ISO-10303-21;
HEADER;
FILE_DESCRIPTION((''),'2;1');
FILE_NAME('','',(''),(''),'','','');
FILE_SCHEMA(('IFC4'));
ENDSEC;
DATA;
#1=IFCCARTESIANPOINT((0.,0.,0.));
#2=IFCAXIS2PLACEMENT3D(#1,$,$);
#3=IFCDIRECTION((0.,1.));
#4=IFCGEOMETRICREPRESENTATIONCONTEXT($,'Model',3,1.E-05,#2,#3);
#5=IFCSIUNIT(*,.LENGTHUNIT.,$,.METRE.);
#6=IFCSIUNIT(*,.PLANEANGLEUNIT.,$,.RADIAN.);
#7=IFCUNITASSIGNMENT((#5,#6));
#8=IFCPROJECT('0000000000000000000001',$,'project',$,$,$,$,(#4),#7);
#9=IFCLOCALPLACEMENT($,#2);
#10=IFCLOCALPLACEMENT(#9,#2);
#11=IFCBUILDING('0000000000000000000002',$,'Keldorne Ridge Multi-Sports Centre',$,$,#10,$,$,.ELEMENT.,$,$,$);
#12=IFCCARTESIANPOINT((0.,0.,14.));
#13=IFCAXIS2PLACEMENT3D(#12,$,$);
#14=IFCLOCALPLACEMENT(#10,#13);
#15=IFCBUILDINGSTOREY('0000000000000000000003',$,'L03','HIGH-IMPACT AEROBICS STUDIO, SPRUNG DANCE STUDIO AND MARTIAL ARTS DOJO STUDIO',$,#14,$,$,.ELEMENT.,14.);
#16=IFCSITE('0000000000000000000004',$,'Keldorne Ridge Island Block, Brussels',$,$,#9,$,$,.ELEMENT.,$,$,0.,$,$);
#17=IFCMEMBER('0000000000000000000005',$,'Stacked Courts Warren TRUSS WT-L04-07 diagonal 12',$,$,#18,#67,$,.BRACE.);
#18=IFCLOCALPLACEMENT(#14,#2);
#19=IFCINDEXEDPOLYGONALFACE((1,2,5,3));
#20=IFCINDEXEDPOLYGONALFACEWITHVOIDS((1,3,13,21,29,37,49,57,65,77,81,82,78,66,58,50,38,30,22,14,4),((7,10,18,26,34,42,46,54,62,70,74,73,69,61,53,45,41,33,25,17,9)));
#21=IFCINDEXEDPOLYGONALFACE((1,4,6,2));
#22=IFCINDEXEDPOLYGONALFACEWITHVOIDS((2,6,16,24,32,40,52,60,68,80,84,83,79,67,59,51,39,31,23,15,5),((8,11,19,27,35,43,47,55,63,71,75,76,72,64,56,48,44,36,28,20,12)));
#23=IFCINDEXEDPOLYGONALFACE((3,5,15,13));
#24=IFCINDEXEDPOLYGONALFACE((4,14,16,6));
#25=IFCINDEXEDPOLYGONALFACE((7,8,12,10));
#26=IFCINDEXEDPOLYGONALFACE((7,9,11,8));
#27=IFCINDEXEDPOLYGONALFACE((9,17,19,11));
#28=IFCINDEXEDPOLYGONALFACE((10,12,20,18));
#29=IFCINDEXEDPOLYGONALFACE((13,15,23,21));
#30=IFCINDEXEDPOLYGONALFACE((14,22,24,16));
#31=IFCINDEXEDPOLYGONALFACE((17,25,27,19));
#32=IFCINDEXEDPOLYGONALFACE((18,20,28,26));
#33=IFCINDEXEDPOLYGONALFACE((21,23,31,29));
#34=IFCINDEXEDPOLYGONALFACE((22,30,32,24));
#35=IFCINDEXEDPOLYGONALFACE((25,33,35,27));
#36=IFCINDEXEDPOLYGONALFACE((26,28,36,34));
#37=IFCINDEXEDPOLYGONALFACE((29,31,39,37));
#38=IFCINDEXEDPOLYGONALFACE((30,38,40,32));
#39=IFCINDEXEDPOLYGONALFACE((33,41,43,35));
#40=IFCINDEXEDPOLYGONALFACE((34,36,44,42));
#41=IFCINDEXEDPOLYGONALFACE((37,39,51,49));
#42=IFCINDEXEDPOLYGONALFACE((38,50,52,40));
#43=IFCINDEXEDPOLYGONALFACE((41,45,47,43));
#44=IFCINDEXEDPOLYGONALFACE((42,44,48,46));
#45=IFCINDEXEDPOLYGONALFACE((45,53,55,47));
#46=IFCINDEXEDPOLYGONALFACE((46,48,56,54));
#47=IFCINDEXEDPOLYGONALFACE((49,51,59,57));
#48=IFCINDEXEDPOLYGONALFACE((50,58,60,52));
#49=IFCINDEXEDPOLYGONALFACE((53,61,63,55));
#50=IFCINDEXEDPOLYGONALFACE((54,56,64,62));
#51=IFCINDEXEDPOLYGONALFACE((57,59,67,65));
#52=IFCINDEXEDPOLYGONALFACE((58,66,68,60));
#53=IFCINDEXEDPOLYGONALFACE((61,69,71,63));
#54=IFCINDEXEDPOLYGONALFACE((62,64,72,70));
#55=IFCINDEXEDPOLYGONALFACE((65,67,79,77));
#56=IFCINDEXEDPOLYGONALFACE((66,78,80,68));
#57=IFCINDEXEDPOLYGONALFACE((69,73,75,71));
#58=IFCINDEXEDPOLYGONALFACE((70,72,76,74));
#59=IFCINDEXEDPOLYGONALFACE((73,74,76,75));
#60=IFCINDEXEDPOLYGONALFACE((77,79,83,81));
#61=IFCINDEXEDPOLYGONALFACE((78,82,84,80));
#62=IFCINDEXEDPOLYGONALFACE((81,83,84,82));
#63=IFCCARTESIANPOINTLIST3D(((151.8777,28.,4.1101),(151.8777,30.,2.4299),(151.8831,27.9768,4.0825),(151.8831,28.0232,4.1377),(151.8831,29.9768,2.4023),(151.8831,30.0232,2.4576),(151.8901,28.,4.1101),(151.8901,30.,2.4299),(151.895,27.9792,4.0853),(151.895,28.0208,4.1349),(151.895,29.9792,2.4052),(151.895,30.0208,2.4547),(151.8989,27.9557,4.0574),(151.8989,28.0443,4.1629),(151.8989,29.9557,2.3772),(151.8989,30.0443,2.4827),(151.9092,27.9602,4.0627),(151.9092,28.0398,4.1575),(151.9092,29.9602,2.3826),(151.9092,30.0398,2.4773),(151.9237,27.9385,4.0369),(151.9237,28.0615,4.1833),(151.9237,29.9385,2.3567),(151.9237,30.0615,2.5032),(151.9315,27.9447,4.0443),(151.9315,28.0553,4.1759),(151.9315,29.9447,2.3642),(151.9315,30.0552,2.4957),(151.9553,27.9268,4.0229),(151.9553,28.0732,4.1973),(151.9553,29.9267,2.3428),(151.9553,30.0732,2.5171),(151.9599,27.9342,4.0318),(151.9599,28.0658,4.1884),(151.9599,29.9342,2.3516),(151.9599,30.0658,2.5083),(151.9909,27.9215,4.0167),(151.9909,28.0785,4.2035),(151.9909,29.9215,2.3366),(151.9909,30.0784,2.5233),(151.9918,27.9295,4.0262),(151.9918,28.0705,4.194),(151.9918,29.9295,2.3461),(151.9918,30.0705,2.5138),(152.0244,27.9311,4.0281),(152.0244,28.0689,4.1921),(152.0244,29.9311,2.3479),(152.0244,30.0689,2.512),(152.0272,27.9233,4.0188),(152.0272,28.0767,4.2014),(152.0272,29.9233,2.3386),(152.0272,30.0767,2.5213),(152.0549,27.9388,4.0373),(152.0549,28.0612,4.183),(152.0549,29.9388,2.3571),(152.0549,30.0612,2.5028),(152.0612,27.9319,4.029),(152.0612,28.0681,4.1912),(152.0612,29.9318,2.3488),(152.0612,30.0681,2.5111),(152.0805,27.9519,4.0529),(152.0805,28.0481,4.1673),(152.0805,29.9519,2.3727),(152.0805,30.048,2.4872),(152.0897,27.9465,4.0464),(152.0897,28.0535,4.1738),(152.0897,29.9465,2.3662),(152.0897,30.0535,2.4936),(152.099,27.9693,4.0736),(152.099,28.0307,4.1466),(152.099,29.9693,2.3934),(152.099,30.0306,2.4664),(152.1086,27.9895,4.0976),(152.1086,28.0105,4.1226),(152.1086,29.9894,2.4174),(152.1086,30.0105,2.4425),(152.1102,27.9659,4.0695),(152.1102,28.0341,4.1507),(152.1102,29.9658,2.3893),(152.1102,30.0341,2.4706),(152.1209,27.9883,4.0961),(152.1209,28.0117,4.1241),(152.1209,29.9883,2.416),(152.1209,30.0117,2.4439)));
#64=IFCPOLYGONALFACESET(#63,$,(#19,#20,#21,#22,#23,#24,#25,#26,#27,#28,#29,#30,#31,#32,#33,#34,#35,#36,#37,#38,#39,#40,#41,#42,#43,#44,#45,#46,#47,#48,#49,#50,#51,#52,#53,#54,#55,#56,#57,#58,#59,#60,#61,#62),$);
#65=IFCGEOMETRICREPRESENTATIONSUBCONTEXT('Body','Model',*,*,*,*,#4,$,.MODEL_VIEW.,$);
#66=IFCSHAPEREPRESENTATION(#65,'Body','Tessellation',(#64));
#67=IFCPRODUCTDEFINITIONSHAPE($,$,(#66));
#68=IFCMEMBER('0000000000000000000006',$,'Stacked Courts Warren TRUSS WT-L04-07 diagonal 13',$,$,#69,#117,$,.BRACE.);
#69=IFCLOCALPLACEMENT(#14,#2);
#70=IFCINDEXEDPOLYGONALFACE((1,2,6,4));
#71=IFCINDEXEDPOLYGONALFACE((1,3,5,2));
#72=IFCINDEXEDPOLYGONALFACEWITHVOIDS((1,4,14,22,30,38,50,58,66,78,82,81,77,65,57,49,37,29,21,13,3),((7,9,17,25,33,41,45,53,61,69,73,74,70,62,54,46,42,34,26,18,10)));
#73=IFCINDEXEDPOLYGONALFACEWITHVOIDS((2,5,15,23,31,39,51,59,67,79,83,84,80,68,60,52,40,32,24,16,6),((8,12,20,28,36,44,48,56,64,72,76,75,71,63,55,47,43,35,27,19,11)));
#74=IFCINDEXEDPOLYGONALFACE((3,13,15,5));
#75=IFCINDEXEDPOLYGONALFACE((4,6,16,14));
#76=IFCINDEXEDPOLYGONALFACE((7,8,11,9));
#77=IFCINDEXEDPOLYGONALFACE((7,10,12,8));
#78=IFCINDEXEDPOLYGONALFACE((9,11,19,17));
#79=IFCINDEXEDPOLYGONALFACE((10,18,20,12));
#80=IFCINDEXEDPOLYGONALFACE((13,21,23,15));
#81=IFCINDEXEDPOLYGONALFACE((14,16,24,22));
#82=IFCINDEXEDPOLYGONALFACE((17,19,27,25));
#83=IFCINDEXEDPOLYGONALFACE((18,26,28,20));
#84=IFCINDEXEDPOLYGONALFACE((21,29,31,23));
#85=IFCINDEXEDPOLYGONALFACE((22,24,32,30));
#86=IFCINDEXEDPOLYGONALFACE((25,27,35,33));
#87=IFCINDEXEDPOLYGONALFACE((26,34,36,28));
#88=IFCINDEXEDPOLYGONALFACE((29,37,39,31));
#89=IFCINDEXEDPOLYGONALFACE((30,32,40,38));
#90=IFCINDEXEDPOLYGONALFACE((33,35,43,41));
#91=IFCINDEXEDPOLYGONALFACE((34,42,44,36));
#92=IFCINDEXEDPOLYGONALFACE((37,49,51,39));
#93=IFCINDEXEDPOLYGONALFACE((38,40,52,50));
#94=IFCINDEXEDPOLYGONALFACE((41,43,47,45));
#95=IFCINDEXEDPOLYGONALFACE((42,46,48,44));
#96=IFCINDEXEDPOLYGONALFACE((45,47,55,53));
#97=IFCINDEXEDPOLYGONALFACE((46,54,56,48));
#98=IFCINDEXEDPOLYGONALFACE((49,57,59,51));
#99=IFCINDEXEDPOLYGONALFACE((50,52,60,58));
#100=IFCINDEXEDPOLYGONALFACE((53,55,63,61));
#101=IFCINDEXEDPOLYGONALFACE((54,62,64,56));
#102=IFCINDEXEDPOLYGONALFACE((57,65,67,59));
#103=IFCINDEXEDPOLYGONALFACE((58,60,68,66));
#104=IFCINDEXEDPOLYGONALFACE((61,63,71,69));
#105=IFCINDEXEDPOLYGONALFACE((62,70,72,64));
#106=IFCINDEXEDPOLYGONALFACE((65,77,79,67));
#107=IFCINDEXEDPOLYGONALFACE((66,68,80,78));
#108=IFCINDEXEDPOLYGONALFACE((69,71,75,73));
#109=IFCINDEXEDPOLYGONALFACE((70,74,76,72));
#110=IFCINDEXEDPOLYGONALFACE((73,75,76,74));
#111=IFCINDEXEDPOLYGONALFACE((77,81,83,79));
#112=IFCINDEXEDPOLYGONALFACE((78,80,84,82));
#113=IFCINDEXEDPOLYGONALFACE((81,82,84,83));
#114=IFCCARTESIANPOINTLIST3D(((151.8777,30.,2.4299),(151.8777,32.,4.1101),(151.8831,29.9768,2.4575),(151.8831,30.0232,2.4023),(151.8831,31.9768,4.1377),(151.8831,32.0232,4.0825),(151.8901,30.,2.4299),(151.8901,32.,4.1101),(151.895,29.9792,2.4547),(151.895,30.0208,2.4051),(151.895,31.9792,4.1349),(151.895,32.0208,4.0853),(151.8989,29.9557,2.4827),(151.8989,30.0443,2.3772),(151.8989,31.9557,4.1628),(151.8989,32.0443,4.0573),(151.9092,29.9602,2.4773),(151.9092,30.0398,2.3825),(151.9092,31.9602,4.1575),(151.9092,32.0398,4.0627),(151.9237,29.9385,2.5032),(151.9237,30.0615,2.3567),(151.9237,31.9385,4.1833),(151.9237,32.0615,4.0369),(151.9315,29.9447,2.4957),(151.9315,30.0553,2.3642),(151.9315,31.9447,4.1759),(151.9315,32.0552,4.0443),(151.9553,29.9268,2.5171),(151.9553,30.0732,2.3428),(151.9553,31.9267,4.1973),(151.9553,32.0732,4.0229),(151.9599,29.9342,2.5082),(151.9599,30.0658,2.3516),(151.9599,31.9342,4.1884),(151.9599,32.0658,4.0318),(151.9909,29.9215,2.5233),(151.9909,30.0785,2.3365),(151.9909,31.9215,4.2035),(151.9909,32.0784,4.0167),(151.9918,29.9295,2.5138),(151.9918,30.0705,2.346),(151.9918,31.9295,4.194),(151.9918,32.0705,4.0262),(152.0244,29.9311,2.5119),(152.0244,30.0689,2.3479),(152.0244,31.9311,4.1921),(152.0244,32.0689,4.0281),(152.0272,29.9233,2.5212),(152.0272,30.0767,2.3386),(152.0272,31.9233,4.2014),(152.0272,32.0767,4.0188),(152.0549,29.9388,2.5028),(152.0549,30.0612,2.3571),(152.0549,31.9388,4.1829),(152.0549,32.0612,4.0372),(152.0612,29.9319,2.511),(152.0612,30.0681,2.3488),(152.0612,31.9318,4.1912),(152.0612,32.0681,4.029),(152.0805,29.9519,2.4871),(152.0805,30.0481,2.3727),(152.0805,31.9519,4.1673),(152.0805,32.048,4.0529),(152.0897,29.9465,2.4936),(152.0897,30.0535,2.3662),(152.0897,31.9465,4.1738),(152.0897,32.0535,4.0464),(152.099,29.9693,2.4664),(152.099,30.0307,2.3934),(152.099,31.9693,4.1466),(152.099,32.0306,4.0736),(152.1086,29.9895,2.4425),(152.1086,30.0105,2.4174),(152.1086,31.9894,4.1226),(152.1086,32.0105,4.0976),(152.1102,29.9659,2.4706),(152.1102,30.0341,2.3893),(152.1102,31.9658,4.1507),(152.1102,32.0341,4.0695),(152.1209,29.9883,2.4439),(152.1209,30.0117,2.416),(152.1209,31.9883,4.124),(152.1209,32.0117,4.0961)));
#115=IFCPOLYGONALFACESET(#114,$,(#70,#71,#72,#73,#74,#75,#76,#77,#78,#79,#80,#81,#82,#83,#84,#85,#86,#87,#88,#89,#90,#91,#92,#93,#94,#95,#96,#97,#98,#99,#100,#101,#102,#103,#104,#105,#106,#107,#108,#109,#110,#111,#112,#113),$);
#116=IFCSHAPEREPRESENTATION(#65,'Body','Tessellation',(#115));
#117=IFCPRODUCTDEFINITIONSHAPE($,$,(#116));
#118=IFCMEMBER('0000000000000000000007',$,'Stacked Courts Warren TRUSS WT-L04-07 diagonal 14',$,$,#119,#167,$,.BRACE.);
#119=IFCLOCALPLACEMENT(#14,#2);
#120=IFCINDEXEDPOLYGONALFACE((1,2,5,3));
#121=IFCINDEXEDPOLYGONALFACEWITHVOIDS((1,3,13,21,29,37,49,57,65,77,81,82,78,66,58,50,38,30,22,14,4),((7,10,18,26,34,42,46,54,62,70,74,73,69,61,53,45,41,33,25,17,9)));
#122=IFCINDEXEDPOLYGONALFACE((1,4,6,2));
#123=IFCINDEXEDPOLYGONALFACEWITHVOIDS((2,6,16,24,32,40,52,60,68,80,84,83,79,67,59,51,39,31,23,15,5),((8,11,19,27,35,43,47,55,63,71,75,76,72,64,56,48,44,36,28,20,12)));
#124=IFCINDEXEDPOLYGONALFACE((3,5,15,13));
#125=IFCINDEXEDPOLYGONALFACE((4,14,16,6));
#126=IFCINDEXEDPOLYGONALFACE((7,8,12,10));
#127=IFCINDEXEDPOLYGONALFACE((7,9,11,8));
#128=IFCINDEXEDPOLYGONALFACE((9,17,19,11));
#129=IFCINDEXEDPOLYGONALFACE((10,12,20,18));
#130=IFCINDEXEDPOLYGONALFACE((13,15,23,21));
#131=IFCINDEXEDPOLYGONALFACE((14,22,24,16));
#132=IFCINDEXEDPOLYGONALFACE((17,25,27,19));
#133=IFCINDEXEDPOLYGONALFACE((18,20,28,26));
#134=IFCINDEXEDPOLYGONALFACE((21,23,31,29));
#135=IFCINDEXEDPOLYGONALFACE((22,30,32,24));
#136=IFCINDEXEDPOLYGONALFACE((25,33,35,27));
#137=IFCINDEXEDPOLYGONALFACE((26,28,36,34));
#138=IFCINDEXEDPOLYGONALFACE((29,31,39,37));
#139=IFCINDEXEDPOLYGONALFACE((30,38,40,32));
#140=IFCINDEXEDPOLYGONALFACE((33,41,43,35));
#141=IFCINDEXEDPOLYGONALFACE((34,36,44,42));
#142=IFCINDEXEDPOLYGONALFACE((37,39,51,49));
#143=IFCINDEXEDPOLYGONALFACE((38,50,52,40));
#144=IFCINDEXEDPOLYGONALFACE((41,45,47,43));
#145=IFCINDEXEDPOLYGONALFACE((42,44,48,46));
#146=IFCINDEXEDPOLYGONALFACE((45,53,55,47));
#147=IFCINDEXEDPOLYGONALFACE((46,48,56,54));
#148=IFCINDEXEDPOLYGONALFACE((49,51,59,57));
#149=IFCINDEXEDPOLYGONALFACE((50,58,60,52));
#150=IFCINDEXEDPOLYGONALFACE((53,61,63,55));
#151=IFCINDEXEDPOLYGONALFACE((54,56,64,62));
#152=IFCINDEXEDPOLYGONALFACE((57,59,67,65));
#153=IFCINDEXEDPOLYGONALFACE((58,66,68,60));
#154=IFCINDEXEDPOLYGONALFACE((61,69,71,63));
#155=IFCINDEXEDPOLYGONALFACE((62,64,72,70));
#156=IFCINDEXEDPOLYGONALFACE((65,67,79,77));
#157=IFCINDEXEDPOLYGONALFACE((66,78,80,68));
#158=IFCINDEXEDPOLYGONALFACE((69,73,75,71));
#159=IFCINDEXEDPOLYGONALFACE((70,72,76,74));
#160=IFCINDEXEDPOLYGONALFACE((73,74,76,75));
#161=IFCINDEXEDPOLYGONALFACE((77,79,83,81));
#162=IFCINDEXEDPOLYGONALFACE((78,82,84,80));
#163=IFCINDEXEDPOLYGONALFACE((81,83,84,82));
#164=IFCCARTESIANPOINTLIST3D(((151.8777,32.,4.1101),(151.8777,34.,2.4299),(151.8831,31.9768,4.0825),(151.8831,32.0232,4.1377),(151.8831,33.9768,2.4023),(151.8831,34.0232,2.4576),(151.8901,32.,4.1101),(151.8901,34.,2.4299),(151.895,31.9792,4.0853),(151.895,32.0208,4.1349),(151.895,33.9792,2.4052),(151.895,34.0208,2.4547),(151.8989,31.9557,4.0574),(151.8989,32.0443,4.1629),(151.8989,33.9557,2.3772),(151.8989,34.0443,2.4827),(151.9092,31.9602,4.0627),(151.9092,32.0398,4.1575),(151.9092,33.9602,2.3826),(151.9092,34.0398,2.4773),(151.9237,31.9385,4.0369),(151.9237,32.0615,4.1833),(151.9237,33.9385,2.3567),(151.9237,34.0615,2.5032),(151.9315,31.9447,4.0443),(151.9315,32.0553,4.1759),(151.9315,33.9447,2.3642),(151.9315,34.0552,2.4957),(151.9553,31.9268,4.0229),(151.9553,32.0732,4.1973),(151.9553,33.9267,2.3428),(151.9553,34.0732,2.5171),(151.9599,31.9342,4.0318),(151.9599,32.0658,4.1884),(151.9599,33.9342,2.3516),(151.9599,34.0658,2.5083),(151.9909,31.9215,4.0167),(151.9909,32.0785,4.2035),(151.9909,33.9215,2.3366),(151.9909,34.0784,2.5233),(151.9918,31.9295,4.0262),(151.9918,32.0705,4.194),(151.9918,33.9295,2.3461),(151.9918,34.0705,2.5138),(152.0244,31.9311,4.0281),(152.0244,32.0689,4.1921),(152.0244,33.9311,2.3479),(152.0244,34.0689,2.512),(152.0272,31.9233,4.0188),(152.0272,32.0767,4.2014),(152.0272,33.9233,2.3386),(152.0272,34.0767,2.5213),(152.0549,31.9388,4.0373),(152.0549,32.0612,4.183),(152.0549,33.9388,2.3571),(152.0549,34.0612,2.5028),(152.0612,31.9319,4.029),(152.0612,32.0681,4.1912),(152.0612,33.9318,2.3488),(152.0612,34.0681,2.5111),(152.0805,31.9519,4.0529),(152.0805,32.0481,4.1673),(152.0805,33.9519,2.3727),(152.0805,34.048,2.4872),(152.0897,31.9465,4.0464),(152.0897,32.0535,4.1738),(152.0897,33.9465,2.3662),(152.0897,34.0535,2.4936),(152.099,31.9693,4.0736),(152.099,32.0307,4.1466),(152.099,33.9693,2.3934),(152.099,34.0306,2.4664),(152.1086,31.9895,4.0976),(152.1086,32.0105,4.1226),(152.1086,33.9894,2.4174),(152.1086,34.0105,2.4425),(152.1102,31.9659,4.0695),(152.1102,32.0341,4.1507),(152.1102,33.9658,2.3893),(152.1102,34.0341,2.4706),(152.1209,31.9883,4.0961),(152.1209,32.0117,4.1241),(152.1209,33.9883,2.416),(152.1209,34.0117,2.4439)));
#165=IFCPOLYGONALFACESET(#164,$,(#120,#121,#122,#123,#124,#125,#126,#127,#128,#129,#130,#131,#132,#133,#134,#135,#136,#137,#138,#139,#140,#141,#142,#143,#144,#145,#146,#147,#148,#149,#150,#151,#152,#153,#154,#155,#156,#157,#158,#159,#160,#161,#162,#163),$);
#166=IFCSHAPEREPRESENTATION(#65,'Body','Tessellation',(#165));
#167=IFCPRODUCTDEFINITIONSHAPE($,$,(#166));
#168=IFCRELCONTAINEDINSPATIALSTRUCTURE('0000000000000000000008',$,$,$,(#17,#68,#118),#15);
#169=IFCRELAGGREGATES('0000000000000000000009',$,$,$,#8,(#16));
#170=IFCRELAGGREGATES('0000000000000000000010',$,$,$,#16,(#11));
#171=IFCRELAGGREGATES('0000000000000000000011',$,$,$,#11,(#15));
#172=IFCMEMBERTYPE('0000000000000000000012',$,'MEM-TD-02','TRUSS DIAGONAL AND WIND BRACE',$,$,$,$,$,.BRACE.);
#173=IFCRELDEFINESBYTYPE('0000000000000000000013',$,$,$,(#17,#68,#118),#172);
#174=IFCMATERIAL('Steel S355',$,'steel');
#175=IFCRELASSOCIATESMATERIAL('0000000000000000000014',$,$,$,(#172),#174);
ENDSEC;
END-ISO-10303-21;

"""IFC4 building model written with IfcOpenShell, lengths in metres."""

from ifc_helpers import new_model, si_unit, direction, frame, origin, origin_2d, place, context, subcontext, project, spatial, hollow_circle, extrude, material, material_profile, profile_set, type_object, element, save


model = new_model("IFC4")

# Units and contexts
model_context = context("Model", 3, precision=1e-05, world=origin(), true_north=direction((0.0, 1.0)))
body_context = subcontext(model_context, "Body", "Model", "MODEL_VIEW")
ifc_project = project(units=[si_unit("LENGTHUNIT", "METRE"), si_unit("PLANEANGLEUNIT", "RADIAN")], contexts=[model_context])

# Site, building, storey
site_placement = place(None, origin())
site = spatial("IfcSite", under=ifc_project, at=site_placement, Name="Keldorne Ridge Island Block, Brussels", CompositionType="ELEMENT", RefElevation=0.0)
building_placement = place(site_placement, origin())
building = spatial("IfcBuilding", under=site, at=building_placement, Name="Keldorne Ridge Multi-Sports Centre", CompositionType="ELEMENT")
storey_placement = place(building_placement, frame((0.0, 0.0, 14.0)))
storey = spatial("IfcBuildingStorey", under=building, at=storey_placement, Name="L03", Description="HIGH-IMPACT AEROBICS STUDIO, SPRUNG DANCE STUDIO AND MARTIAL ARTS DOJO STUDIO", CompositionType="ELEMENT", Elevation=14.0)

# Members
ifc_material = material(Name="Steel S355", Category="steel")
ifc_material_profile_1 = material_profile(ifc_material, hollow_circle(Radius=0.1223, WallThickness=0.0125, at=origin_2d()), Name="CHS 244.5x12.5")
ifc_profile_set_1 = profile_set([ifc_material_profile_1], Name="Steel S355")
member_type_1 = type_object("IfcMemberType", Name="MEM-TD-02", Description="TRUSS DIAGONAL AND WIND BRACE", PredefinedType="BRACE", material=ifc_profile_set_1)
for number, where, z_axis, x_axis, name in (
    (1, (152.0, 28.0, 4.1101), (0.0, 0.765672, -0.643232), (-1.0, 0.0, 0.0), "Stacked Courts Warren TRUSS WT-L04-07 diagonal 12"),
    (2, (152.0, 30.0, 2.4299), (0.0, 0.765672, 0.643232), (-1.0, 0.0, 0.0), "Stacked Courts Warren TRUSS WT-L04-07 diagonal 13"),
    (3, (152.0, 32.0, 4.1101), (0.0, 0.765672, -0.643232), (-1.0, 0.0, 0.0), "Stacked Courts Warren TRUSS WT-L04-07 diagonal 14"),
):
    element("IfcMember", number, at=place(storey_placement, frame(where, z_axis=z_axis, x_axis=x_axis)), inside=storey, type_object=member_type_1, Name=name, PredefinedType="BRACE", context=body_context, shape_type="SweptSolid", body=[
        extrude(hollow_circle(Radius=0.1223, WallThickness=0.0125, at=origin_2d()), origin(), (0.0, 0.0, 1.0), 2.6121),
    ])

save(model, "model.ifc")
